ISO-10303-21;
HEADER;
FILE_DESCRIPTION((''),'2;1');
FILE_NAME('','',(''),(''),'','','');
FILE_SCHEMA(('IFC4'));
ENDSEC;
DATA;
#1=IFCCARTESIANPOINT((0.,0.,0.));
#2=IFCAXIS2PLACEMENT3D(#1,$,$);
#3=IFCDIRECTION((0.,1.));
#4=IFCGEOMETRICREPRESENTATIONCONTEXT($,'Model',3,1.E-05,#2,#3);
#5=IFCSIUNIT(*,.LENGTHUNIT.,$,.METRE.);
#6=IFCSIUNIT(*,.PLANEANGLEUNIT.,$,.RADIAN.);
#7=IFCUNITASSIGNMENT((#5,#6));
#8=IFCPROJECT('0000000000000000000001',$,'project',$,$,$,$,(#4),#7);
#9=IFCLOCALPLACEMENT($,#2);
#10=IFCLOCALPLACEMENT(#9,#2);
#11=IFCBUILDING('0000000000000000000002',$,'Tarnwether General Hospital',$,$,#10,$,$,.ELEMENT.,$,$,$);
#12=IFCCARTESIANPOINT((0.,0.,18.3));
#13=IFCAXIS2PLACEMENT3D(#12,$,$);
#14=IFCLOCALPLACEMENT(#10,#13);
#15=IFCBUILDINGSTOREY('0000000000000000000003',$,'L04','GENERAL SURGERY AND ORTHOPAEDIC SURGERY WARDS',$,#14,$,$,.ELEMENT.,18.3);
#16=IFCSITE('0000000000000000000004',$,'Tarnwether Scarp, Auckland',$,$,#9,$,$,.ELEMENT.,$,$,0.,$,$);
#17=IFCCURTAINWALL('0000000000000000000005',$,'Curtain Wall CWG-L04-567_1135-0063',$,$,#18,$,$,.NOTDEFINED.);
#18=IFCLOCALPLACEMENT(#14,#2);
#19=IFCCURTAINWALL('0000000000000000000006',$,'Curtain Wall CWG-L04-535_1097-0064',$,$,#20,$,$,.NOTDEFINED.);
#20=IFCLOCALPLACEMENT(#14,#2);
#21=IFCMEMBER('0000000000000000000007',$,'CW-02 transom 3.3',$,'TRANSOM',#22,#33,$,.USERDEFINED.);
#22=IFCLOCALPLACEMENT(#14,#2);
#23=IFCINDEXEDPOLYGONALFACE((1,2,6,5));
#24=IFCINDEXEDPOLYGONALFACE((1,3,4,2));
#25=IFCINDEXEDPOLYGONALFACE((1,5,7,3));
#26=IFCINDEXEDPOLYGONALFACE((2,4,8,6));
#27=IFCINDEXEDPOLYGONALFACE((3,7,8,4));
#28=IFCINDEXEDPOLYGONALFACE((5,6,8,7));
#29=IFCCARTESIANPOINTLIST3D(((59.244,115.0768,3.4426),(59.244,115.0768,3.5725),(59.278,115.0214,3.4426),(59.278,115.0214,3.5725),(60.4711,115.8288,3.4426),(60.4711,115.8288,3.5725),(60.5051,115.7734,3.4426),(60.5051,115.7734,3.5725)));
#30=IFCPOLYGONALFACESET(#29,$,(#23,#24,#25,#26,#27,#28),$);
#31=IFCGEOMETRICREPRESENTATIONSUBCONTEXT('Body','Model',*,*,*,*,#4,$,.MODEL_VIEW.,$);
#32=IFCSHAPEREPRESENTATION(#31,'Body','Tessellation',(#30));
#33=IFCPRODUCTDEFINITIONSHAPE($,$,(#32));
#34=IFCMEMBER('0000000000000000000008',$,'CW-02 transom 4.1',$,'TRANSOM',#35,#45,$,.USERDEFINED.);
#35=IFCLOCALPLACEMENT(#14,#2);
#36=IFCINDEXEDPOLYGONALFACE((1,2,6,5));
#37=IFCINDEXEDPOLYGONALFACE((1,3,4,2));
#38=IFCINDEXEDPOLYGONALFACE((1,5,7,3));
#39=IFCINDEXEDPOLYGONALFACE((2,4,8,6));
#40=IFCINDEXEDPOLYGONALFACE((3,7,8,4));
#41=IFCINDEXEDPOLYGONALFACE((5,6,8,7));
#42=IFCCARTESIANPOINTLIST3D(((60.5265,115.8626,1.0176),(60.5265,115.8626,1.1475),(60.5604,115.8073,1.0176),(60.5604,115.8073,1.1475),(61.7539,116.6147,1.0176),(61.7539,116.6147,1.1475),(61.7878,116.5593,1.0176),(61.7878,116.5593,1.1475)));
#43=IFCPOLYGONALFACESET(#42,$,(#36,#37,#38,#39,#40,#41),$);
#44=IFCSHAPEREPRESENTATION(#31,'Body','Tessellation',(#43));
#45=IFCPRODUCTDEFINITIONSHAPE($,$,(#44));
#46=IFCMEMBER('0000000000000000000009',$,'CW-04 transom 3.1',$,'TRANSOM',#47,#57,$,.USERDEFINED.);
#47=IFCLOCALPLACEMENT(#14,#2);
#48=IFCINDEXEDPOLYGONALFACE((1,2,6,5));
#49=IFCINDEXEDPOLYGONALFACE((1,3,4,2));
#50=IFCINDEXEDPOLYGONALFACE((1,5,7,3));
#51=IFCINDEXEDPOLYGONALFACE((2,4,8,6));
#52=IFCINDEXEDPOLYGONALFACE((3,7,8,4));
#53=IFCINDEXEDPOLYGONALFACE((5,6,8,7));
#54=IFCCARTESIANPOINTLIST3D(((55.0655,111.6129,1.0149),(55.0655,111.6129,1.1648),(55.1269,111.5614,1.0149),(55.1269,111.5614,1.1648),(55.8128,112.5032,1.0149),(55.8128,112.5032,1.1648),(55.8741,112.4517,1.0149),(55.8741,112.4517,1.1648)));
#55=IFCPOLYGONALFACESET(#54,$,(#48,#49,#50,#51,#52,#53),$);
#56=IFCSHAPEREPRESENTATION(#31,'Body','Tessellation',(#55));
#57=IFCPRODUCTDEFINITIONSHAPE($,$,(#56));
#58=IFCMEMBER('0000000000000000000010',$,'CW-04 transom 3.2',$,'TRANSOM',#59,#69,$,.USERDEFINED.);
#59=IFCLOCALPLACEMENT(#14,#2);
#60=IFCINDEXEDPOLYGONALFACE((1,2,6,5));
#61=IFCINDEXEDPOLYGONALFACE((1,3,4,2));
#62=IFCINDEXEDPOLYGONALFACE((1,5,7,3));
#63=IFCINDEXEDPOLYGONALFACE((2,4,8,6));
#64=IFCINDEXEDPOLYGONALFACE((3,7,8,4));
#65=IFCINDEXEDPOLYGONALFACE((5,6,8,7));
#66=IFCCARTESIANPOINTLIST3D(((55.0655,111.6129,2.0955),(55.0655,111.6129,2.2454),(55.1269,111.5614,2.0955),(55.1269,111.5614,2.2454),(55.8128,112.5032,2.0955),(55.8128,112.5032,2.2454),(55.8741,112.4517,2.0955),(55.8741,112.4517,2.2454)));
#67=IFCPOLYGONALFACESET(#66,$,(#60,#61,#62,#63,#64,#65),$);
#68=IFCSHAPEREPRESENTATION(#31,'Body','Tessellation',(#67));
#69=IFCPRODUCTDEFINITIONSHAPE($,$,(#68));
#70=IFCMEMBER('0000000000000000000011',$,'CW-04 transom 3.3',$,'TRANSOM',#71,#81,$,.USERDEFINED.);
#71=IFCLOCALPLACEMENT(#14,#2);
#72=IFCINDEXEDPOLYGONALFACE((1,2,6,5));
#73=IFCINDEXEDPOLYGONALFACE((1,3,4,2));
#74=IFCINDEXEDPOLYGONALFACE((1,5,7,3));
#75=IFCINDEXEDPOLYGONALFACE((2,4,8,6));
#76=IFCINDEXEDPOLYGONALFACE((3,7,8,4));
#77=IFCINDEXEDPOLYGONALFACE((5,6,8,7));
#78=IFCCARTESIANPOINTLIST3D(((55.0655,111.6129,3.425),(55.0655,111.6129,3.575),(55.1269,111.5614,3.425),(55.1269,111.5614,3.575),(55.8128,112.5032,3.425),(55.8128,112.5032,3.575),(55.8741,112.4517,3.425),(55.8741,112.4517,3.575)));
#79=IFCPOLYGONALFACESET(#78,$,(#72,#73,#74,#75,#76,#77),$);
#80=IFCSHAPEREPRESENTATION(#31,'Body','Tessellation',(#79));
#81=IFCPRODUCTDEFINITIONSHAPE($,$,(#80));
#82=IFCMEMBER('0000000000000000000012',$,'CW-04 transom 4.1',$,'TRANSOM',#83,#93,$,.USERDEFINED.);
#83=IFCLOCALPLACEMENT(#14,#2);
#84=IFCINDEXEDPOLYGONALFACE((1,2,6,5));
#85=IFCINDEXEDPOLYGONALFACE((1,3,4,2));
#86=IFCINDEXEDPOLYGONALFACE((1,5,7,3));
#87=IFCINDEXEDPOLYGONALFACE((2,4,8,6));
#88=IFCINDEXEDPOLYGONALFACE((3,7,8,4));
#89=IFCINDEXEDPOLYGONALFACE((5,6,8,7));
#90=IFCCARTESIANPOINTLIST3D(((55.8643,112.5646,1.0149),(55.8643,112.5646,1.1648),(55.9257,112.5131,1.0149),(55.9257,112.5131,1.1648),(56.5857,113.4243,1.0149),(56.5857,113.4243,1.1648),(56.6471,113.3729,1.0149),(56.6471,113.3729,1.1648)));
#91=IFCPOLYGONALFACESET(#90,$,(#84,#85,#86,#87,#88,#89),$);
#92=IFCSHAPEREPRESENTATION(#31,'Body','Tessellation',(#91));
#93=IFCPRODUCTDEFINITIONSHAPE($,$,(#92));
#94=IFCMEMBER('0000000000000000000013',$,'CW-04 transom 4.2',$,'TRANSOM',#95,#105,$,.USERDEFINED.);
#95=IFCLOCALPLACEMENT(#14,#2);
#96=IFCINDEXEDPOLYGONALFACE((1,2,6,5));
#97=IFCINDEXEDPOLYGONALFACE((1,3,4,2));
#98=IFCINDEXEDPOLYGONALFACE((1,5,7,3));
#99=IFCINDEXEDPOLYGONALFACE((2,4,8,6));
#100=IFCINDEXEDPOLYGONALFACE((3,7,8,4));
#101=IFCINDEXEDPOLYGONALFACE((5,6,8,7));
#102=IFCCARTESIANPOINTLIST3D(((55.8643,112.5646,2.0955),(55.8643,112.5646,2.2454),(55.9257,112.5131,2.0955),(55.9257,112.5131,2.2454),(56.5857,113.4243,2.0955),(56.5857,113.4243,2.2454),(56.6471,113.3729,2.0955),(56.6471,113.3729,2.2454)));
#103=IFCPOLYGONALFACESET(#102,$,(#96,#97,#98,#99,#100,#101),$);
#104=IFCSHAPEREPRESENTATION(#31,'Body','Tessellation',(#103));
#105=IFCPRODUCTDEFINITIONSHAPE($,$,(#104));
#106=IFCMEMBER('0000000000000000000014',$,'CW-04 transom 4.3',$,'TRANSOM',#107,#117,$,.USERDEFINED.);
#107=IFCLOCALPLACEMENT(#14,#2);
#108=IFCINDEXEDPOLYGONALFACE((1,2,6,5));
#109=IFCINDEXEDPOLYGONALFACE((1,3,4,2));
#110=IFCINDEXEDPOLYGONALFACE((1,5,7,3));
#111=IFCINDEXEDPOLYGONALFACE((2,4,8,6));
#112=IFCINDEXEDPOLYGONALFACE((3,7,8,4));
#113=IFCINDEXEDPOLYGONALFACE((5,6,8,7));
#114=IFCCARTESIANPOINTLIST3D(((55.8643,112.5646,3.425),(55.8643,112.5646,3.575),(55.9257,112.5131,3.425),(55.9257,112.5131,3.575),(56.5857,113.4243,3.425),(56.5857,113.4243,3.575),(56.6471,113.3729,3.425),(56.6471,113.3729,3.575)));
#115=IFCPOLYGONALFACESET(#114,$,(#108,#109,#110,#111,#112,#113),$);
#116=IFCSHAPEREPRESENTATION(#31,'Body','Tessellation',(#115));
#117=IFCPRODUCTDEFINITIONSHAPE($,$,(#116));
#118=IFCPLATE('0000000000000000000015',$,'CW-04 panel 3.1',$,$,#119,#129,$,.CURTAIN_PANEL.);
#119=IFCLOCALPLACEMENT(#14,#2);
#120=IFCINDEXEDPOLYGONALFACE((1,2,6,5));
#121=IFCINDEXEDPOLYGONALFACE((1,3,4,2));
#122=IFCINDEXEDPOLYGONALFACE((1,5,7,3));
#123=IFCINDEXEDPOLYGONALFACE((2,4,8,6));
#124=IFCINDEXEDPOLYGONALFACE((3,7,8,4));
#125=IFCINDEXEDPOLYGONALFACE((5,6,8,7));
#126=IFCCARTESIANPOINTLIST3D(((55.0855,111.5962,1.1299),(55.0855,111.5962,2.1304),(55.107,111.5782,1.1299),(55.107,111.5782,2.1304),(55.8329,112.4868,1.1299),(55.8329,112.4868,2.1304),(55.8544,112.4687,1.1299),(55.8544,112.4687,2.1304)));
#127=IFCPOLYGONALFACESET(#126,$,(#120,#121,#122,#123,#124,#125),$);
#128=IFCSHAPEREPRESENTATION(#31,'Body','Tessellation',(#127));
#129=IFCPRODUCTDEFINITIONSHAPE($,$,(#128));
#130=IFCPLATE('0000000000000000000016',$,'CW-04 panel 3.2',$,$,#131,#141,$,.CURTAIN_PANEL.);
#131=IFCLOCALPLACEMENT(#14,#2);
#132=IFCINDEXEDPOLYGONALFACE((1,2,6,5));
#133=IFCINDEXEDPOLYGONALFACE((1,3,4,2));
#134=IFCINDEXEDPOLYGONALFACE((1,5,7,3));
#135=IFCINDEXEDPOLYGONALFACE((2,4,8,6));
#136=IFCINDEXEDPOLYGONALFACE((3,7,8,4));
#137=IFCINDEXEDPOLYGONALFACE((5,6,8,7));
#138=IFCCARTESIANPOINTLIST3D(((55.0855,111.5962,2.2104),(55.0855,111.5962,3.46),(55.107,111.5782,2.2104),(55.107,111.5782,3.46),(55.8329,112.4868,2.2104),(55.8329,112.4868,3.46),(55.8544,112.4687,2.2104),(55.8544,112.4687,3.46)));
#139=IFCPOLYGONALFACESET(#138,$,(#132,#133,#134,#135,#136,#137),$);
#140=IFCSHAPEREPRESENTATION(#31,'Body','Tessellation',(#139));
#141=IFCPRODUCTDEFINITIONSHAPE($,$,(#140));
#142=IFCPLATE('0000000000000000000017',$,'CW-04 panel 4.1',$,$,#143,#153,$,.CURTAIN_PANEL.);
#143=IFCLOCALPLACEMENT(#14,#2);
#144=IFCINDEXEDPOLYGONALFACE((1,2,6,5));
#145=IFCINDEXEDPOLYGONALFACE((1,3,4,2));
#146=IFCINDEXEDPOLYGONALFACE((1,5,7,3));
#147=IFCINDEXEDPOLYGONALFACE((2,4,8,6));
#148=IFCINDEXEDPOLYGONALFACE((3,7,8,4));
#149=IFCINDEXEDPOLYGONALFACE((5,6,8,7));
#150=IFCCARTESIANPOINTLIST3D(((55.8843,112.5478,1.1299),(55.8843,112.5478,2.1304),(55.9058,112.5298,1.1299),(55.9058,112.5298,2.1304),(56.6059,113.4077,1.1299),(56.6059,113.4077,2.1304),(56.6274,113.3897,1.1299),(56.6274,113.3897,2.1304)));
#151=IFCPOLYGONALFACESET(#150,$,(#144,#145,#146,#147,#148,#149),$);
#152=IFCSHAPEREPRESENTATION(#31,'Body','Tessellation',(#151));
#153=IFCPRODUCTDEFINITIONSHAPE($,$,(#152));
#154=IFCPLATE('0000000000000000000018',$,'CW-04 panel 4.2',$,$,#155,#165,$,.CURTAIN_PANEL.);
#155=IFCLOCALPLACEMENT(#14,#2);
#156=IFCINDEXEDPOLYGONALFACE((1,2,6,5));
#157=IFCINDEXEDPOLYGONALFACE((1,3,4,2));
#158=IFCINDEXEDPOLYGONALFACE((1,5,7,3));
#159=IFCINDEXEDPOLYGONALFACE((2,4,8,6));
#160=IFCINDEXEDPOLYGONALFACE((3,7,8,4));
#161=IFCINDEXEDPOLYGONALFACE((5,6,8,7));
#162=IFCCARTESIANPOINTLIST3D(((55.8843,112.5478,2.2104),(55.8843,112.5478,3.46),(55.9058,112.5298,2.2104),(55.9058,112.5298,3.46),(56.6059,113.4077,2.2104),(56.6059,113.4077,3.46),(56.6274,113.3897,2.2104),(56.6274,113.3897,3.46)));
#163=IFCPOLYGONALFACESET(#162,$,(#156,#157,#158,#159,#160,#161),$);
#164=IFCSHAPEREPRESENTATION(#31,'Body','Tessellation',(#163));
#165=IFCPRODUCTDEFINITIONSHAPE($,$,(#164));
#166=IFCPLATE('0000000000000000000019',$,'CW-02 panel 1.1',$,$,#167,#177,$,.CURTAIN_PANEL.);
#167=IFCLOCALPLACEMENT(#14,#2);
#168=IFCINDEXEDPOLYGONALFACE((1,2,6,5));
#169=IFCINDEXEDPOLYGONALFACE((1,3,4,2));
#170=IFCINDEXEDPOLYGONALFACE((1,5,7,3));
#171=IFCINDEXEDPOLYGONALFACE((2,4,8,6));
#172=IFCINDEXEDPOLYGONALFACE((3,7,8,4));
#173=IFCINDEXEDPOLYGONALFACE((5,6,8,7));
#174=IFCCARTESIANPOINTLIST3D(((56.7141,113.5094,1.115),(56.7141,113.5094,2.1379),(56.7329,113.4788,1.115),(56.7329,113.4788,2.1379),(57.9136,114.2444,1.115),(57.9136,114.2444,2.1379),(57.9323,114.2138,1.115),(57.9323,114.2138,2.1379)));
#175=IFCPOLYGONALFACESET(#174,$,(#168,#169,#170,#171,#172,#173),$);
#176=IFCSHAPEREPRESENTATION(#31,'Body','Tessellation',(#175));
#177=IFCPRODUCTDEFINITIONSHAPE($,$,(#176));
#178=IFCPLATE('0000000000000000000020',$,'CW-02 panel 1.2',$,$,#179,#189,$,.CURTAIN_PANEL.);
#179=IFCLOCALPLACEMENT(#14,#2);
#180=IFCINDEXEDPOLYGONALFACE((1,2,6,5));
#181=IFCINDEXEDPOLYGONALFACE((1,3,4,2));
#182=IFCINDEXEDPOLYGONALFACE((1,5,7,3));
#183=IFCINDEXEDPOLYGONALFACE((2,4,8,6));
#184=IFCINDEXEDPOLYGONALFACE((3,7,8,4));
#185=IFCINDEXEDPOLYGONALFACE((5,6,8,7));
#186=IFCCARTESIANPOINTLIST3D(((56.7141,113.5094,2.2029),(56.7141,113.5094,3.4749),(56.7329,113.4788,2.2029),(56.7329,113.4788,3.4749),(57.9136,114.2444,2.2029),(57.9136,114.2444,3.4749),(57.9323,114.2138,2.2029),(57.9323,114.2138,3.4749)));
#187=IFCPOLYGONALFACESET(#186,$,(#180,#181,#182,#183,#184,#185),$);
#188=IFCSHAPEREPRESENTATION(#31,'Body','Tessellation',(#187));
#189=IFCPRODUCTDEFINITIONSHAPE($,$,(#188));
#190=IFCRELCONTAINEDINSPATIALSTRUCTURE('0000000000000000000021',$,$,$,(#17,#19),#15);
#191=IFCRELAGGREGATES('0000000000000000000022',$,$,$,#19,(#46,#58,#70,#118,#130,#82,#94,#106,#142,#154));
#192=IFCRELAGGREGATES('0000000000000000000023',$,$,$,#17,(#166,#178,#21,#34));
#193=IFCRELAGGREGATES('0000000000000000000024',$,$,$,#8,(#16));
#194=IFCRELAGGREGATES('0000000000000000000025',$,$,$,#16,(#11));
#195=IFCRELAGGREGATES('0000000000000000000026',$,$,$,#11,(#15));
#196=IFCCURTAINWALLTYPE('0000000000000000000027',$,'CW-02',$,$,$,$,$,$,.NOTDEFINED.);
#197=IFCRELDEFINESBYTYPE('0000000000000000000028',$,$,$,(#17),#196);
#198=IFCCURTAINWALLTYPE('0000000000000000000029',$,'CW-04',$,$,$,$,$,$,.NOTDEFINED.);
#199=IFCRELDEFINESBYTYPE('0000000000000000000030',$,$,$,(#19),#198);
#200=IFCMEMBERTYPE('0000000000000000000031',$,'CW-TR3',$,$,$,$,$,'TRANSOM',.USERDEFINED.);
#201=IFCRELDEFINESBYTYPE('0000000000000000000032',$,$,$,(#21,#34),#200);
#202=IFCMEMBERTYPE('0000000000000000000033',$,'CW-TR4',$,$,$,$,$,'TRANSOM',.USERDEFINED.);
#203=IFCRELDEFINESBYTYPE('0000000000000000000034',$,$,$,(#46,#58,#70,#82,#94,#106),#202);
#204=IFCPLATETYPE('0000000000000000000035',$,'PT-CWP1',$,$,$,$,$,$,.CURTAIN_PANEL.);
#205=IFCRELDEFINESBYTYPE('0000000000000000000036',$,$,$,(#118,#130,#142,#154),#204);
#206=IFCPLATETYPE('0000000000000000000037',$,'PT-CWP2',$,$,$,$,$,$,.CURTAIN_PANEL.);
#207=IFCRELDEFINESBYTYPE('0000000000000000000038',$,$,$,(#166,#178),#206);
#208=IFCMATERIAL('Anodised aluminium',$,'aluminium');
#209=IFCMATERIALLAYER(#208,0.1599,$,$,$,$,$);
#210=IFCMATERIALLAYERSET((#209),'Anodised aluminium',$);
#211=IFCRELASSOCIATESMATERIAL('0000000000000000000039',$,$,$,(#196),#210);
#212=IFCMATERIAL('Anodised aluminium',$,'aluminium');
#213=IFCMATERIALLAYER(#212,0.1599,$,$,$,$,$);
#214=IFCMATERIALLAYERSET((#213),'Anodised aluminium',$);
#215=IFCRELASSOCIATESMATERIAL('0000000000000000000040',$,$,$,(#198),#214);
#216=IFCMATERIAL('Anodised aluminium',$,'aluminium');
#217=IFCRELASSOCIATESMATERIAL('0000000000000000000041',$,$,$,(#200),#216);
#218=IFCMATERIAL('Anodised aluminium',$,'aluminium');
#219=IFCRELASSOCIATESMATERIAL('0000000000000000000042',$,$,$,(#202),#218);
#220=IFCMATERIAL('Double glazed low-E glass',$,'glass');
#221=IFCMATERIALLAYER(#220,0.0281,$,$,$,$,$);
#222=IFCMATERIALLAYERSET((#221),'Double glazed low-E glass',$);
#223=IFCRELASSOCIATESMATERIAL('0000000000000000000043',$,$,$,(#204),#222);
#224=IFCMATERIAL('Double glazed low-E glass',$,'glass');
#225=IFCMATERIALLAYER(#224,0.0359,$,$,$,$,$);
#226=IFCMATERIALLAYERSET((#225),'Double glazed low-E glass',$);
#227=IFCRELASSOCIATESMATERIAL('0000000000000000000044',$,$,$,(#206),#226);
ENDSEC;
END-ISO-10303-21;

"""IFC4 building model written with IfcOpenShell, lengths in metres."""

from ifc_helpers import new_model, si_unit, direction, frame, origin, origin_2d, place, context, subcontext, project, spatial, rectangle, extrude, material, layer, layer_set, material_profile, profile_set, type_object, element, aggregate, save


model = new_model("IFC4")

# Units and contexts
model_context = context("Model", 3, precision=1e-05, world=origin(), true_north=direction((0.0, 1.0)))
body_context = subcontext(model_context, "Body", "Model", "MODEL_VIEW")
ifc_project = project(units=[si_unit("LENGTHUNIT", "METRE"), si_unit("PLANEANGLEUNIT", "RADIAN")], contexts=[model_context])

# Site, building, storey
site_placement = place(None, origin())
site = spatial("IfcSite", under=ifc_project, at=site_placement, Name="Tarnwether Scarp, Auckland", CompositionType="ELEMENT", RefElevation=0.0)
building_placement = place(site_placement, origin())
building = spatial("IfcBuilding", under=site, at=building_placement, Name="Tarnwether General Hospital", CompositionType="ELEMENT")
storey_placement = place(building_placement, frame((0.0, 0.0, 18.3)))
storey = spatial("IfcBuildingStorey", under=building, at=storey_placement, Name="L04", Description="GENERAL SURGERY AND ORTHOPAEDIC SURGERY WARDS", CompositionType="ELEMENT", Elevation=18.3)

# Curtain walls
ifc_material_1 = material(Name="Anodised aluminium", Category="aluminium")
ifc_layer_1 = layer(ifc_material_1, 0.1599)
ifc_layer_set_1 = layer_set([ifc_layer_1], Name="Anodised aluminium")
curtain_wall_type_1 = type_object("IfcCurtainWallType", Name="CW-02", PredefinedType="NOTDEFINED", material=ifc_layer_set_1)
curtain_wall_1_placement = place(storey_placement, origin())
curtain_wall_1 = element("IfcCurtainWall", 1, at=curtain_wall_1_placement, inside=storey, type_object=curtain_wall_type_1, Name="Curtain Wall CWG-L04-567_1135-0063", PredefinedType="NOTDEFINED")
ifc_material_2 = material(Name="Anodised aluminium", Category="aluminium")
ifc_layer_2 = layer(ifc_material_2, 0.1599)
ifc_layer_set_2 = layer_set([ifc_layer_2], Name="Anodised aluminium")
curtain_wall_type_2 = type_object("IfcCurtainWallType", Name="CW-04", PredefinedType="NOTDEFINED", material=ifc_layer_set_2)
curtain_wall_2_placement = place(storey_placement, origin())
curtain_wall_2 = element("IfcCurtainWall", 2, at=curtain_wall_2_placement, inside=storey, type_object=curtain_wall_type_2, Name="Curtain Wall CWG-L04-535_1097-0064", PredefinedType="NOTDEFINED")

# Members
ifc_material_3 = material(Name="Anodised aluminium", Category="aluminium")
ifc_material_profile_1 = material_profile(ifc_material_3, rectangle(XDim=0.0649, YDim=0.1299, at=origin_2d()), Name="ALU-TRN-65x130")
ifc_profile_set_1 = profile_set([ifc_material_profile_1], Name="Anodised aluminium")
member_type_1 = type_object("IfcMemberType", Name="CW-TR3", ElementType="TRANSOM", PredefinedType="USERDEFINED", material=ifc_profile_set_1)
member_1_placement = place(storey_placement, frame((59.261, 115.0491, 3.5076), z_axis=(0.852635, 0.522506, 0.0), x_axis=(-0.522506, 0.852635, 0.0)))
member_1 = element("IfcMember", 3, at=member_1_placement, type_object=member_type_1, Name="CW-02 transom 3.3", ObjectType="TRANSOM", PredefinedType="USERDEFINED", context=body_context, shape_type="SweptSolid", body=[
    extrude(rectangle(XDim=0.0649, YDim=0.1299, at=origin_2d()), origin(), (0.0, 0.0, 1.0), 1.4392),
])
member_2_placement = place(storey_placement, frame((60.5435, 115.835, 1.0825), z_axis=(0.852682, 0.522431, 0.0), x_axis=(-0.522431, 0.852682, 0.0)))
member_2 = element("IfcMember", 4, at=member_2_placement, type_object=member_type_1, Name="CW-02 transom 4.1", ObjectType="TRANSOM", PredefinedType="USERDEFINED", context=body_context, shape_type="SweptSolid", body=[
    extrude(rectangle(XDim=0.0649, YDim=0.1299, at=origin_2d()), origin(), (0.0, 0.0, 1.0), 1.4395),
])
ifc_material_4 = material(Name="Anodised aluminium", Category="aluminium")
ifc_material_profile_2 = material_profile(ifc_material_4, rectangle(XDim=0.0801, YDim=0.1499, at=origin_2d()), Name="ALU-TRN-80x150")
ifc_profile_set_2 = profile_set([ifc_material_profile_2], Name="Anodised aluminium")
member_type_2 = type_object("IfcMemberType", Name="CW-TR4", ElementType="TRANSOM", PredefinedType="USERDEFINED", material=ifc_profile_set_2)
member_3_placement = place(storey_placement, frame((55.0962, 111.5872, 1.0898), z_axis=(0.642887, 0.765961, 0.0), x_axis=(-0.765961, 0.642887, 0.0)))
member_3 = element("IfcMember", 5, at=member_3_placement, type_object=member_type_2, Name="CW-04 transom 3.1", ObjectType="TRANSOM", PredefinedType="USERDEFINED", context=body_context, shape_type="SweptSolid", body=[
    extrude(rectangle(XDim=0.0801, YDim=0.1499, at=origin_2d()), origin(), (0.0, 0.0, 1.0), 1.1624),
])
member_4_placement = place(storey_placement, frame((55.0962, 111.5872, 2.1704), z_axis=(0.642887, 0.765961, 0.0), x_axis=(-0.765961, 0.642887, 0.0)))
member_4 = element("IfcMember", 6, at=member_4_placement, type_object=member_type_2, Name="CW-04 transom 3.2", ObjectType="TRANSOM", PredefinedType="USERDEFINED", context=body_context, shape_type="SweptSolid", body=[
    extrude(rectangle(XDim=0.0801, YDim=0.1499, at=origin_2d()), origin(), (0.0, 0.0, 1.0), 1.1624),
])
member_5_placement = place(storey_placement, frame((55.0962, 111.5872, 3.5), z_axis=(0.642887, 0.765961, 0.0), x_axis=(-0.765961, 0.642887, 0.0)))
member_5 = element("IfcMember", 7, at=member_5_placement, type_object=member_type_2, Name="CW-04 transom 3.3", ObjectType="TRANSOM", PredefinedType="USERDEFINED", context=body_context, shape_type="SweptSolid", body=[
    extrude(rectangle(XDim=0.0801, YDim=0.1499, at=origin_2d()), origin(), (0.0, 0.0, 1.0), 1.1624),
])
member_6_placement = place(storey_placement, frame((55.895, 112.5388, 1.0898), z_axis=(0.642748, 0.766078, 0.0), x_axis=(-0.766078, 0.642748, 0.0)))
member_6 = element("IfcMember", 8, at=member_6_placement, type_object=member_type_2, Name="CW-04 transom 4.1", ObjectType="TRANSOM", PredefinedType="USERDEFINED", context=body_context, shape_type="SweptSolid", body=[
    extrude(rectangle(XDim=0.0801, YDim=0.1499, at=origin_2d()), origin(), (0.0, 0.0, 1.0), 1.1223),
])
member_7_placement = place(storey_placement, frame((55.895, 112.5388, 2.1704), z_axis=(0.642748, 0.766078, 0.0), x_axis=(-0.766078, 0.642748, 0.0)))
member_7 = element("IfcMember", 9, at=member_7_placement, type_object=member_type_2, Name="CW-04 transom 4.2", ObjectType="TRANSOM", PredefinedType="USERDEFINED", context=body_context, shape_type="SweptSolid", body=[
    extrude(rectangle(XDim=0.0801, YDim=0.1499, at=origin_2d()), origin(), (0.0, 0.0, 1.0), 1.1223),
])
member_8_placement = place(storey_placement, frame((55.895, 112.5388, 3.5), z_axis=(0.642748, 0.766078, 0.0), x_axis=(-0.766078, 0.642748, 0.0)))
member_8 = element("IfcMember", 10, at=member_8_placement, type_object=member_type_2, Name="CW-04 transom 4.3", ObjectType="TRANSOM", PredefinedType="USERDEFINED", context=body_context, shape_type="SweptSolid", body=[
    extrude(rectangle(XDim=0.0801, YDim=0.1499, at=origin_2d()), origin(), (0.0, 0.0, 1.0), 1.1223),
])

# Plates
ifc_material_5 = material(Name="Double glazed low-E glass", Category="glass")
ifc_layer_3 = layer(ifc_material_5, 0.0281)
ifc_layer_set_3 = layer_set([ifc_layer_3], Name="Double glazed low-E glass")
plate_type_1 = type_object("IfcPlateType", Name="PT-CWP1", PredefinedType="CURTAIN_PANEL", material=ifc_layer_set_3)
plate_1_placement = place(storey_placement, frame((55.47, 112.0325, 1.1299), z_axis=(0.0, 0.0, 1.0), x_axis=(0.642852, 0.76599, 0.0)))
plate_1 = element("IfcPlate", 11, at=plate_1_placement, type_object=plate_type_1, Name="CW-04 panel 3.1", PredefinedType="CURTAIN_PANEL", context=body_context, shape_type="SweptSolid", body=[
    extrude(rectangle(XDim=1.1626, YDim=0.0281, at=origin_2d()), origin(), (0.0, 0.0, 1.0), 1.0005),
])
plate_2_placement = place(storey_placement, frame((55.47, 112.0325, 2.2104), z_axis=(0.0, 0.0, 1.0), x_axis=(0.642852, 0.76599, 0.0)))
plate_2 = element("IfcPlate", 12, at=plate_2_placement, type_object=plate_type_1, Name="CW-04 panel 3.2", PredefinedType="CURTAIN_PANEL", context=body_context, shape_type="SweptSolid", body=[
    extrude(rectangle(XDim=1.1626, YDim=0.0281, at=origin_2d()), origin(), (0.0, 0.0, 1.0), 1.2495),
])
plate_3_placement = place(storey_placement, frame((56.2559, 112.9688, 1.1299), z_axis=(0.0, 0.0, 1.0), x_axis=(0.642852, 0.76599, 0.0)))
plate_3 = element("IfcPlate", 13, at=plate_3_placement, type_object=plate_type_1, Name="CW-04 panel 4.1", PredefinedType="CURTAIN_PANEL", context=body_context, shape_type="SweptSolid", body=[
    extrude(rectangle(XDim=1.1226, YDim=0.0281, at=origin_2d()), origin(), (0.0, 0.0, 1.0), 1.0005),
])
plate_4_placement = place(storey_placement, frame((56.2559, 112.9688, 2.2104), z_axis=(0.0, 0.0, 1.0), x_axis=(0.642852, 0.76599, 0.0)))
plate_4 = element("IfcPlate", 14, at=plate_4_placement, type_object=plate_type_1, Name="CW-04 panel 4.2", PredefinedType="CURTAIN_PANEL", context=body_context, shape_type="SweptSolid", body=[
    extrude(rectangle(XDim=1.1226, YDim=0.0281, at=origin_2d()), origin(), (0.0, 0.0, 1.0), 1.2495),
])
aggregate(curtain_wall_2, [member_3, member_4, member_5, plate_1, plate_2, member_6, member_7, member_8, plate_3, plate_4])
ifc_material_6 = material(Name="Double glazed low-E glass", Category="glass")
ifc_layer_4 = layer(ifc_material_6, 0.0359)
ifc_layer_set_4 = layer_set([ifc_layer_4], Name="Double glazed low-E glass")
plate_type_2 = type_object("IfcPlateType", Name="PT-CWP2", PredefinedType="CURTAIN_PANEL", material=ifc_layer_set_4)
plate_5_placement = place(storey_placement, frame((57.3232, 113.8616, 1.115), z_axis=(0.0, 0.0, 1.0), x_axis=(0.852634, 0.522509, 0.0)))
plate_5 = element("IfcPlate", 15, at=plate_5_placement, type_object=plate_type_2, Name="CW-02 panel 1.1", PredefinedType="CURTAIN_PANEL", context=body_context, shape_type="SweptSolid", body=[
    extrude(rectangle(XDim=1.4067, YDim=0.0359, at=origin_2d()), origin(), (0.0, 0.0, 1.0), 1.0229),
])
plate_6_placement = place(storey_placement, frame((57.3232, 113.8616, 2.2029), z_axis=(0.0, 0.0, 1.0), x_axis=(0.852634, 0.522509, 0.0)))
plate_6 = element("IfcPlate", 16, at=plate_6_placement, type_object=plate_type_2, Name="CW-02 panel 1.2", PredefinedType="CURTAIN_PANEL", context=body_context, shape_type="SweptSolid", body=[
    extrude(rectangle(XDim=1.4067, YDim=0.0359, at=origin_2d()), origin(), (0.0, 0.0, 1.0), 1.272),
])
aggregate(curtain_wall_1, [plate_5, plate_6, member_1, member_2])

save(model, "model.ifc")
